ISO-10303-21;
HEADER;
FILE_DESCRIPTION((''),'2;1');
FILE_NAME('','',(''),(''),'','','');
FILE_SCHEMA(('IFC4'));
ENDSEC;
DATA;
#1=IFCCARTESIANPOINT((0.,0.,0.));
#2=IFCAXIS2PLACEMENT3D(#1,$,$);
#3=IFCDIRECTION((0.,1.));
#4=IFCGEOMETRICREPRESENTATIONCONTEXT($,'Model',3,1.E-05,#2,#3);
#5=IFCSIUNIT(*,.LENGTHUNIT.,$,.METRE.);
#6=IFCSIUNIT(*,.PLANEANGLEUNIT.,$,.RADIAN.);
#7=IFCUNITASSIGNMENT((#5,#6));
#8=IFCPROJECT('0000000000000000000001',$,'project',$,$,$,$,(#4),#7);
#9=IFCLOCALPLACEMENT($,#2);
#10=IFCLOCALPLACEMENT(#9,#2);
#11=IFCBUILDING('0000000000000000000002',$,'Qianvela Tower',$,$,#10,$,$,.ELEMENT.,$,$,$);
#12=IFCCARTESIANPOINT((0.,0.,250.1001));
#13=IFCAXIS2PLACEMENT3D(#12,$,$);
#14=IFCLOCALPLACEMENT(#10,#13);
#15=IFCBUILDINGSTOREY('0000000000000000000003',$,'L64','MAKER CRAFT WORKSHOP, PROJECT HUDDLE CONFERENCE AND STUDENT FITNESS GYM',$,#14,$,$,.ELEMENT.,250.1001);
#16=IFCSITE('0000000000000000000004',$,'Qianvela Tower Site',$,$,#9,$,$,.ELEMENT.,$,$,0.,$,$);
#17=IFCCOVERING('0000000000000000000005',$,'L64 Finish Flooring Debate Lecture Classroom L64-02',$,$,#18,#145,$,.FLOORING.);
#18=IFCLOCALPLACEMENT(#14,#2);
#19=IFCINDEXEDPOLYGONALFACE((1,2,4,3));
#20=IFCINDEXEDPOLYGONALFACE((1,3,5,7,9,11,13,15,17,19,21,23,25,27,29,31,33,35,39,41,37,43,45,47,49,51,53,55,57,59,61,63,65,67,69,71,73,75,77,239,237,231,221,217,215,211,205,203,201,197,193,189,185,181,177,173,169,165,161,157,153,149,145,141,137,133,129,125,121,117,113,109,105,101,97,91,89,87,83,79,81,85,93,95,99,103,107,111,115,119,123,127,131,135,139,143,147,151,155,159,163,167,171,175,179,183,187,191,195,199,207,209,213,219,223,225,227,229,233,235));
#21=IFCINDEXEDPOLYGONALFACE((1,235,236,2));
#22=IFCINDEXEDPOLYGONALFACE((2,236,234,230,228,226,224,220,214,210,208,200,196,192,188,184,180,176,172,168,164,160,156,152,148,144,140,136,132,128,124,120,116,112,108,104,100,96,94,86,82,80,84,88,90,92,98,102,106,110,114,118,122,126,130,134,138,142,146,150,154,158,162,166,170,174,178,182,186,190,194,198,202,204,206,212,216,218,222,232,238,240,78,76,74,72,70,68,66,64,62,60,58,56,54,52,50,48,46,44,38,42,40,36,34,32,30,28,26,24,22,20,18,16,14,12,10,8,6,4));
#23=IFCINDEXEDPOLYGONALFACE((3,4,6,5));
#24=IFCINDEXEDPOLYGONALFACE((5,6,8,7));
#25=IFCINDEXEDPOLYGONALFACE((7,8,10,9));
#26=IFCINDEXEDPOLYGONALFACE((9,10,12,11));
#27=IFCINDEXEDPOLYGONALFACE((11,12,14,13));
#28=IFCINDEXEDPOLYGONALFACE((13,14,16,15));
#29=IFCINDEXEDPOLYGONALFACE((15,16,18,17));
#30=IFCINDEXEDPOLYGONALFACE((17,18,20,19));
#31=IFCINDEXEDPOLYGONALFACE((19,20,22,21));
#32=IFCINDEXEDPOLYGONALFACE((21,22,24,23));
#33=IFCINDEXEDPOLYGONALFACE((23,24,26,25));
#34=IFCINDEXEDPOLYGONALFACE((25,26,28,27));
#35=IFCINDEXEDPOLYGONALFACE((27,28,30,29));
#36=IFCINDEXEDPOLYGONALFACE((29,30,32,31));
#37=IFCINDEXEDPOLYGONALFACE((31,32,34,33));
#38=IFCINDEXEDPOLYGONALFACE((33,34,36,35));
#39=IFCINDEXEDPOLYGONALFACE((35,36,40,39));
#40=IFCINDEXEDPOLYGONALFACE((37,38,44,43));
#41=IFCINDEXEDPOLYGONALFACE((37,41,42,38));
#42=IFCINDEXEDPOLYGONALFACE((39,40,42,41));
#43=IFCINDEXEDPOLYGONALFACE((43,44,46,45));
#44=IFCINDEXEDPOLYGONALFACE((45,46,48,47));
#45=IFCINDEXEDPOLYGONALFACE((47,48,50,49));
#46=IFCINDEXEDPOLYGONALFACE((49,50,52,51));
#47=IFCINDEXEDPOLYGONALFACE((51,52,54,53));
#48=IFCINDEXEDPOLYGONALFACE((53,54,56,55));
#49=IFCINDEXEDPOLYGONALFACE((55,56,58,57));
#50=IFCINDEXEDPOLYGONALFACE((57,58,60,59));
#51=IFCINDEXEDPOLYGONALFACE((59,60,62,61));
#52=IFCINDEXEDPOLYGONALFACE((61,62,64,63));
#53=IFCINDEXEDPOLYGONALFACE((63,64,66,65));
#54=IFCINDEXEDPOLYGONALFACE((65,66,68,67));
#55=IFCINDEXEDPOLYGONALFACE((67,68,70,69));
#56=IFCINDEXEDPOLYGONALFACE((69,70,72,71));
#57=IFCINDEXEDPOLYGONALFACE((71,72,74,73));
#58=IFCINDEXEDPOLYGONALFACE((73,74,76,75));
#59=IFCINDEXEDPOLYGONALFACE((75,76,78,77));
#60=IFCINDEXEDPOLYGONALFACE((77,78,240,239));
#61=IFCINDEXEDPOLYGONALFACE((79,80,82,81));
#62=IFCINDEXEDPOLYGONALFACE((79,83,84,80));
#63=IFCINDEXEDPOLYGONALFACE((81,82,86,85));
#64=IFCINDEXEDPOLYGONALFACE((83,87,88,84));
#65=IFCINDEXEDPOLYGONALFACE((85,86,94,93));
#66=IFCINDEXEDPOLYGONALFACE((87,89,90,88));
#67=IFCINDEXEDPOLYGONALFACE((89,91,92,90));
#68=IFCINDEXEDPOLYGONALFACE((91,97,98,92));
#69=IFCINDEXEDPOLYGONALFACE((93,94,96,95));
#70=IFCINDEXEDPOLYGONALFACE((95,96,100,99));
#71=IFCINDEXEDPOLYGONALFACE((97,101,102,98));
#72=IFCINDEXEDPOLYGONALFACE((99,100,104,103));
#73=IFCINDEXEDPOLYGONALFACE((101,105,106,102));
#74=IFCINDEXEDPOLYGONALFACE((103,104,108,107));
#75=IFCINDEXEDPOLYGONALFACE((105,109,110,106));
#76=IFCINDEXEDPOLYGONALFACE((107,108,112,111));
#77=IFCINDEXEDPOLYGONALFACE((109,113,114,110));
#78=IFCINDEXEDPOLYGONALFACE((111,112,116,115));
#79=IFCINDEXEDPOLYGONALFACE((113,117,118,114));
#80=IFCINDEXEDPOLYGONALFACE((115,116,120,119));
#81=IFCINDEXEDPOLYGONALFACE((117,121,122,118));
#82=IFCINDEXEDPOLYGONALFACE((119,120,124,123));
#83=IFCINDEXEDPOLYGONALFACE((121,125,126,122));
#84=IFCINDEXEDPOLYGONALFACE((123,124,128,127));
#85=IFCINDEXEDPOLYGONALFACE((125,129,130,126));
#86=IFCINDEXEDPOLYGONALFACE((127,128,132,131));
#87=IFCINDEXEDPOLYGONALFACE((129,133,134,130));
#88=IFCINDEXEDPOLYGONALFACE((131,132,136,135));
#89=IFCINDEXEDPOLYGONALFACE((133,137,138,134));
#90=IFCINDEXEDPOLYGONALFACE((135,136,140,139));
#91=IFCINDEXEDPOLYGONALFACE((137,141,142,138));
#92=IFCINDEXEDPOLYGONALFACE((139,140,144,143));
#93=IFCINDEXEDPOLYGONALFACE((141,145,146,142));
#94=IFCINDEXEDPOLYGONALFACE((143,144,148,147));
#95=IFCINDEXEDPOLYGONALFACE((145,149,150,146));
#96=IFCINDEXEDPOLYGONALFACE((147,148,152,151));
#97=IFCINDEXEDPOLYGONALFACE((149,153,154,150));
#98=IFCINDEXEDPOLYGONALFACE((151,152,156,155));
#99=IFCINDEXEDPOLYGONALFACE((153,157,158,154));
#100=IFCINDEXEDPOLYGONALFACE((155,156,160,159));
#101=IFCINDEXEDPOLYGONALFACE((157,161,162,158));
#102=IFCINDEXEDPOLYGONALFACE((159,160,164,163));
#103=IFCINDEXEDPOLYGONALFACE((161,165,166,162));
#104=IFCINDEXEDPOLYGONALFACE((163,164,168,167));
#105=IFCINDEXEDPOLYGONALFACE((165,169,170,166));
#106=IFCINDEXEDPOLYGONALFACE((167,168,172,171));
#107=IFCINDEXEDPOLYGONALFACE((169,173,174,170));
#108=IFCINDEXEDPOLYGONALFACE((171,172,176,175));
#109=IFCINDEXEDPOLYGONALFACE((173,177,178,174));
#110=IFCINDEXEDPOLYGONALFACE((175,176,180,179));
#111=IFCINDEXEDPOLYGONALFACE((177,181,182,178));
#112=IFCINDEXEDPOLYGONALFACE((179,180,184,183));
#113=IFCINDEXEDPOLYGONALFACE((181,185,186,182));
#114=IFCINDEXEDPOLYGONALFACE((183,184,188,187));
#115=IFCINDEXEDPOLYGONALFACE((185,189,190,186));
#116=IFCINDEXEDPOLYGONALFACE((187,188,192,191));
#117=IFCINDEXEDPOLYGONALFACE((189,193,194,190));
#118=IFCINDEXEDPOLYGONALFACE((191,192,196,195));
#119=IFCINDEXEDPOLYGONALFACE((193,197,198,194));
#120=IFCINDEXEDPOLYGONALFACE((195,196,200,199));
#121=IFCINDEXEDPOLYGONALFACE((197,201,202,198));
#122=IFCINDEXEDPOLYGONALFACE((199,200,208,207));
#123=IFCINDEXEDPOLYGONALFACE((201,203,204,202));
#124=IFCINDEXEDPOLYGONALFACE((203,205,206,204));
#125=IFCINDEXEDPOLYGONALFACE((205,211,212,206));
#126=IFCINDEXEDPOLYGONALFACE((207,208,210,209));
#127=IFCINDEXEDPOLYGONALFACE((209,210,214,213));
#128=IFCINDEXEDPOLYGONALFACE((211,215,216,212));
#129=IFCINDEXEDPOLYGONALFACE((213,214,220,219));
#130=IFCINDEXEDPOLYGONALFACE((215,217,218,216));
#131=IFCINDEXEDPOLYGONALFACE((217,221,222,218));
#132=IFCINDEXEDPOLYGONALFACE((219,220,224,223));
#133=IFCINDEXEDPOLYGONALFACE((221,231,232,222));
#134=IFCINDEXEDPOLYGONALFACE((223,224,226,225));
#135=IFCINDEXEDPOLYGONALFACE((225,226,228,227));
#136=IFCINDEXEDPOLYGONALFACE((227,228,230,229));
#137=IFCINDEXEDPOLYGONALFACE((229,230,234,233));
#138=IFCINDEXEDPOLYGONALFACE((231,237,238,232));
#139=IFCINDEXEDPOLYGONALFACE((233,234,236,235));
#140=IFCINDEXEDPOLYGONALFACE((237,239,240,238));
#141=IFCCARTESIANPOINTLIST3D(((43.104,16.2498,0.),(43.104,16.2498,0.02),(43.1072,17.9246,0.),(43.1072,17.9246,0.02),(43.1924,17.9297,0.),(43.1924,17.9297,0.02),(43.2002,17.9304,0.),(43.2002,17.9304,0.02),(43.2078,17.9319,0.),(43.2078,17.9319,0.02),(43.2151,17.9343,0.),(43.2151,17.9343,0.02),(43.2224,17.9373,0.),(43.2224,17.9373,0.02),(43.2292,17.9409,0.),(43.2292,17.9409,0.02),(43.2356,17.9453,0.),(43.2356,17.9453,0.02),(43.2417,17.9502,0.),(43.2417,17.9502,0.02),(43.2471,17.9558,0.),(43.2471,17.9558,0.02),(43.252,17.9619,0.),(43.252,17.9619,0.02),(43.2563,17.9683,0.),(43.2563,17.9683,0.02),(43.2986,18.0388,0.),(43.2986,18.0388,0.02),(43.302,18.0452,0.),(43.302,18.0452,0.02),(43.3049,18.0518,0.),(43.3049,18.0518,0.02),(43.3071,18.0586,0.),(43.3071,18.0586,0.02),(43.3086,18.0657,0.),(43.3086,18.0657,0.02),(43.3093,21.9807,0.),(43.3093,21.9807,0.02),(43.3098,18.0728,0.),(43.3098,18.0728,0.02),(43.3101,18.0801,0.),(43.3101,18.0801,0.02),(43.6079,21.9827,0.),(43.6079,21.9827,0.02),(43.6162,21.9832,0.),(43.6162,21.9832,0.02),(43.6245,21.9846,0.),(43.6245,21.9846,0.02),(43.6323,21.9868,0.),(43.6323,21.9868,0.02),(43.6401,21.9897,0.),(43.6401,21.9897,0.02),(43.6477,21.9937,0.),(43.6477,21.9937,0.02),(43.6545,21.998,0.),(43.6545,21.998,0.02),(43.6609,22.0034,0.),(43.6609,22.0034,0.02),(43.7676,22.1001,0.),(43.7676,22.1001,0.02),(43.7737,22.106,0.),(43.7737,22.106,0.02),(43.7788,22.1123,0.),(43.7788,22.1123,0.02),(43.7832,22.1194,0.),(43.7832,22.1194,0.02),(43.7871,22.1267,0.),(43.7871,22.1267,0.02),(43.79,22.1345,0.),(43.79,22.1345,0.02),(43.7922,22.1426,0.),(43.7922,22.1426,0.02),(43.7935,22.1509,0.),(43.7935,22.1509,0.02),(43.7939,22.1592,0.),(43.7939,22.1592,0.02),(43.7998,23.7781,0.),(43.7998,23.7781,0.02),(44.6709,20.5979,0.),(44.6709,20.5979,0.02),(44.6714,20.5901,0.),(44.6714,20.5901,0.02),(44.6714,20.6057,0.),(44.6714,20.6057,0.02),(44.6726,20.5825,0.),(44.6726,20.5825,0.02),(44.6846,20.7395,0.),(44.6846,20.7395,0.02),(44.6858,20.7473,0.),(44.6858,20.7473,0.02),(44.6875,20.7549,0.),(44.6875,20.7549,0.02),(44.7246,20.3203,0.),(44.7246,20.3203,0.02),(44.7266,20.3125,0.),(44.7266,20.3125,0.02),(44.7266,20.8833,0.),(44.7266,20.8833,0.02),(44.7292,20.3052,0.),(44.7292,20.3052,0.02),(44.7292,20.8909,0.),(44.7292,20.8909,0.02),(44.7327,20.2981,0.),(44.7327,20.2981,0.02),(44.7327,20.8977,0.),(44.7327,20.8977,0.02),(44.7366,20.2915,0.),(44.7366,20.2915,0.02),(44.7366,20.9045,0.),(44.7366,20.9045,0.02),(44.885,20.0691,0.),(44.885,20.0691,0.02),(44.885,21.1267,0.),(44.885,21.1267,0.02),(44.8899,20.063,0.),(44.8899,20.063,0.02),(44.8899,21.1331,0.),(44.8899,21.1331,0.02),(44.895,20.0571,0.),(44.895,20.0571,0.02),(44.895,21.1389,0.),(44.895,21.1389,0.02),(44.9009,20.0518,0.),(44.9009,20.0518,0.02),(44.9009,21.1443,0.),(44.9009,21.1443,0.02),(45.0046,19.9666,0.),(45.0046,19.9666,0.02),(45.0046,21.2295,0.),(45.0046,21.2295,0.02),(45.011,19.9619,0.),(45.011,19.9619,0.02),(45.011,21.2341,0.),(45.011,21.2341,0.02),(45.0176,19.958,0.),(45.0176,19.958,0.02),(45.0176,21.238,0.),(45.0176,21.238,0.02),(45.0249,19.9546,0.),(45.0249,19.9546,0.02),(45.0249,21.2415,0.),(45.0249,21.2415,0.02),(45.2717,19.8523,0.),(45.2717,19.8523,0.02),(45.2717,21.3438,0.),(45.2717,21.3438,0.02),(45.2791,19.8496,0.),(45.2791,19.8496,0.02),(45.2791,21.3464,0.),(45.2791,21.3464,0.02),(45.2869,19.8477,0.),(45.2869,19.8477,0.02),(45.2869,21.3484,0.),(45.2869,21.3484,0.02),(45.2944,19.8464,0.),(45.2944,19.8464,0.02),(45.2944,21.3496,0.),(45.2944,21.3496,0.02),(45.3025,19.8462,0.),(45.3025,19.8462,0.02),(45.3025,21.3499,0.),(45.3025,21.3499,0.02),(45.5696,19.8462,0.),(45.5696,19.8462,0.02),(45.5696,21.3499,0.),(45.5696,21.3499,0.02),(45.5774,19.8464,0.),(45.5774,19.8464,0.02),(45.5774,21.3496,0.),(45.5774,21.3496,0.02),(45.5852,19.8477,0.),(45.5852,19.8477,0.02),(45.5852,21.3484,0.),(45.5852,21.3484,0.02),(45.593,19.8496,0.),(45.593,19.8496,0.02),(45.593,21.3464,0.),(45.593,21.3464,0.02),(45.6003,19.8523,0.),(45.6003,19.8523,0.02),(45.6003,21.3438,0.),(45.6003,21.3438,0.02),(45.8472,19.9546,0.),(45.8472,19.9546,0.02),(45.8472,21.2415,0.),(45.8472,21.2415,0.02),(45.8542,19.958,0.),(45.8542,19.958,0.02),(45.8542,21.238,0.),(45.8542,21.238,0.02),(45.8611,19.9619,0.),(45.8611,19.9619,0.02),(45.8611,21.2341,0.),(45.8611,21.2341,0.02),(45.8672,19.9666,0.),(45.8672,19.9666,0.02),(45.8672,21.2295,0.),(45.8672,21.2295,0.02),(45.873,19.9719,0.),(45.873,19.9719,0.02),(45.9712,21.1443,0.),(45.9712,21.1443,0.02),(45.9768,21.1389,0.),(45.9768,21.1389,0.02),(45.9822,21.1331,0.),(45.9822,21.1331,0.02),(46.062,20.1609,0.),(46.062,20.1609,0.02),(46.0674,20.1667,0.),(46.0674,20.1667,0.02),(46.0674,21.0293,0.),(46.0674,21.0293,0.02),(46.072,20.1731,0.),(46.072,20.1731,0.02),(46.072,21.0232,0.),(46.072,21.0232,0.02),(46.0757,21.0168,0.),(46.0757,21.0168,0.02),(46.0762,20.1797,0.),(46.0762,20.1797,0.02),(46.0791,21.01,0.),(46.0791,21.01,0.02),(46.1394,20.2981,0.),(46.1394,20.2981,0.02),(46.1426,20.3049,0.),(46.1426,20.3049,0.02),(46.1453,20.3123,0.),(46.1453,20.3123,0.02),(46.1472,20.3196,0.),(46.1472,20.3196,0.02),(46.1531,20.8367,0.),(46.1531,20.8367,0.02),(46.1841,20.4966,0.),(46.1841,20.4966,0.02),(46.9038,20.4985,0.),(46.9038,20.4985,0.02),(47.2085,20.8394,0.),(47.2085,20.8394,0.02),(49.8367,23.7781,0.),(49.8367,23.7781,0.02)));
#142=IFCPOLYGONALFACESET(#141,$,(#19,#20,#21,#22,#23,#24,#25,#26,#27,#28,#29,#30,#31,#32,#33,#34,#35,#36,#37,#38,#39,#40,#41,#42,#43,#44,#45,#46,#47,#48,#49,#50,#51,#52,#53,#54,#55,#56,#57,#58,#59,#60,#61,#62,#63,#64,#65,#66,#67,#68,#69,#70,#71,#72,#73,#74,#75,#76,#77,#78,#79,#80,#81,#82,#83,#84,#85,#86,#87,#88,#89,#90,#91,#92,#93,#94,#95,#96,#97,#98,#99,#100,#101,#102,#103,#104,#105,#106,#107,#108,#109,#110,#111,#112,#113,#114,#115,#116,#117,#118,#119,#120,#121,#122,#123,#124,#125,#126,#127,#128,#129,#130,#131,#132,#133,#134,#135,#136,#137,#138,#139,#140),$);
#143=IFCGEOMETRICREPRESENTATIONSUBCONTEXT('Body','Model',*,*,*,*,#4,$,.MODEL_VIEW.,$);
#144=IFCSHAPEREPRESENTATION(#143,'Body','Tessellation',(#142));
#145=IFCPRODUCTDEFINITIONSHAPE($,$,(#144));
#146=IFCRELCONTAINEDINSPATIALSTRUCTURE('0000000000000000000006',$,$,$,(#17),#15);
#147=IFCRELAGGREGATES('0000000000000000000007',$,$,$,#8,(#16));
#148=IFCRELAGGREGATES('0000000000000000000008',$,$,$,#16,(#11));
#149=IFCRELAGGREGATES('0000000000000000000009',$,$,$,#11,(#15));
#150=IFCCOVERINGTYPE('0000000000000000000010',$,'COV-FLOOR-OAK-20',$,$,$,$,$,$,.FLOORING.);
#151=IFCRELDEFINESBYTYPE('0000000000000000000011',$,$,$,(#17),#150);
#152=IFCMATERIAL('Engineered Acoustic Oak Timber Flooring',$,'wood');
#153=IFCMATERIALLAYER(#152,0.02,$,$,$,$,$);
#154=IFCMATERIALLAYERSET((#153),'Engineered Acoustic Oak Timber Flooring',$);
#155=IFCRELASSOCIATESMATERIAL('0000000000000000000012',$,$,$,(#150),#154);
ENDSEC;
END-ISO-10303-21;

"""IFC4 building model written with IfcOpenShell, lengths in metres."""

from ifc_helpers import new_model, si_unit, direction, frame, origin, place, context, subcontext, project, spatial, polyline, outline, extrude, material, layer, layer_set, type_object, element, save


model = new_model("IFC4")

# Units and contexts
model_context = context("Model", 3, precision=1e-05, world=origin(), true_north=direction((0.0, 1.0)))
body_context = subcontext(model_context, "Body", "Model", "MODEL_VIEW")
ifc_project = project(units=[si_unit("LENGTHUNIT", "METRE"), si_unit("PLANEANGLEUNIT", "RADIAN")], contexts=[model_context])

# Site, building, storey
site_placement = place(None, origin())
site = spatial("IfcSite", under=ifc_project, at=site_placement, Name="Qianvela Tower Site", CompositionType="ELEMENT", RefElevation=0.0)
building_placement = place(site_placement, origin())
building = spatial("IfcBuilding", under=site, at=building_placement, Name="Qianvela Tower", CompositionType="ELEMENT")
storey_placement = place(building_placement, frame((0.0, 0.0, 250.1001)))
storey = spatial("IfcBuildingStorey", under=building, at=storey_placement, Name="L64", Description="MAKER CRAFT WORKSHOP, PROJECT HUDDLE CONFERENCE AND STUDENT FITNESS GYM", CompositionType="ELEMENT", Elevation=250.1001)

# Covering
ifc_material_1 = material(Name="Engineered Acoustic Oak Timber Flooring", Category="wood")
ifc_layer_1 = layer(ifc_material_1, 0.02)
ifc_layer_set_1 = layer_set([ifc_layer_1], Name="Engineered Acoustic Oak Timber Flooring")
covering_type_1 = type_object("IfcCoveringType", Name="COV-FLOOR-OAK-20", PredefinedType="FLOORING", material=ifc_layer_set_1)
covering_1_placement = place(storey_placement, origin())
element("IfcCovering", 1, at=covering_1_placement, inside=storey, type_object=covering_type_1, Name="L64 Finish Flooring Debate Lecture Classroom L64-02", PredefinedType="FLOORING", context=body_context, shape_type="SweptSolid", body=[
    extrude(outline(polyline([(43.2986, 18.0388), (43.302, 18.0452), (43.3049, 18.0518), (43.3071, 18.0586), (43.3086, 18.0657), (43.3098, 18.0728), (43.3101, 18.0801), (43.3093, 21.9807), (43.6079, 21.9827), (43.6162, 21.9832), (43.6245, 21.9846), (43.6323, 21.9868), (43.6401, 21.9897), (43.6477, 21.9937), (43.6545, 21.998), (43.6609, 22.0034), (43.7676, 22.1001), (43.7737, 22.106), (43.7788, 22.1123), (43.7832, 22.1194), (43.7871, 22.1267), (43.79, 22.1345), (43.7922, 22.1426), (43.7935, 22.1509), (43.7939, 22.1592), (43.7998, 23.7781), (49.8367, 23.7781), (47.2085, 20.8394), (46.1531, 20.8367), (46.0791, 21.01), (46.0757, 21.0168), (46.072, 21.0232), (46.0674, 21.0293), (45.9822, 21.1331), (45.9768, 21.1389), (45.9712, 21.1443), (45.8672, 21.2295), (45.8611, 21.2341), (45.8542, 21.238), (45.8472, 21.2415), (45.6003, 21.3438), (45.593, 21.3464), (45.5852, 21.3484), (45.5774, 21.3496), (45.5696, 21.3499), (45.3025, 21.3499), (45.2944, 21.3496), (45.2869, 21.3484), (45.2791, 21.3464), (45.2717, 21.3438), (45.0249, 21.2415), (45.0176, 21.238), (45.011, 21.2341), (45.0046, 21.2295), (44.9009, 21.1443), (44.895, 21.1389), (44.8899, 21.1331), (44.885, 21.1267), (44.7366, 20.9045), (44.7327, 20.8977), (44.7292, 20.8909), (44.7266, 20.8833), (44.6875, 20.7549), (44.6858, 20.7473), (44.6846, 20.7395), (44.6714, 20.6057), (44.6709, 20.5979), (44.6714, 20.5901), (44.6726, 20.5825), (44.7246, 20.3203), (44.7266, 20.3125), (44.7292, 20.3052), (44.7327, 20.2981), (44.7366, 20.2915), (44.885, 20.0691), (44.8899, 20.063), (44.895, 20.0571), (44.9009, 20.0518), (45.0046, 19.9666), (45.011, 19.9619), (45.0176, 19.958), (45.0249, 19.9546), (45.2717, 19.8523), (45.2791, 19.8496), (45.2869, 19.8477), (45.2944, 19.8464), (45.3025, 19.8462), (45.5696, 19.8462), (45.5774, 19.8464), (45.5852, 19.8477), (45.593, 19.8496), (45.6003, 19.8523), (45.8472, 19.9546), (45.8542, 19.958), (45.8611, 19.9619), (45.8672, 19.9666), (45.873, 19.9719), (46.062, 20.1609), (46.0674, 20.1667), (46.072, 20.1731), (46.0762, 20.1797), (46.1394, 20.2981), (46.1426, 20.3049), (46.1453, 20.3123), (46.1472, 20.3196), (46.1841, 20.4966), (46.9038, 20.4985), (43.104, 16.2498), (43.1072, 17.9246), (43.1924, 17.9297), (43.2002, 17.9304), (43.2078, 17.9319), (43.2151, 17.9343), (43.2224, 17.9373), (43.2292, 17.9409), (43.2356, 17.9453), (43.2417, 17.9502), (43.2471, 17.9558), (43.252, 17.9619), (43.2563, 17.9683), (43.2986, 18.0388)])), origin(), (0.0, 0.0, 1.0), 0.02),
])

save(model, "model.ifc")
